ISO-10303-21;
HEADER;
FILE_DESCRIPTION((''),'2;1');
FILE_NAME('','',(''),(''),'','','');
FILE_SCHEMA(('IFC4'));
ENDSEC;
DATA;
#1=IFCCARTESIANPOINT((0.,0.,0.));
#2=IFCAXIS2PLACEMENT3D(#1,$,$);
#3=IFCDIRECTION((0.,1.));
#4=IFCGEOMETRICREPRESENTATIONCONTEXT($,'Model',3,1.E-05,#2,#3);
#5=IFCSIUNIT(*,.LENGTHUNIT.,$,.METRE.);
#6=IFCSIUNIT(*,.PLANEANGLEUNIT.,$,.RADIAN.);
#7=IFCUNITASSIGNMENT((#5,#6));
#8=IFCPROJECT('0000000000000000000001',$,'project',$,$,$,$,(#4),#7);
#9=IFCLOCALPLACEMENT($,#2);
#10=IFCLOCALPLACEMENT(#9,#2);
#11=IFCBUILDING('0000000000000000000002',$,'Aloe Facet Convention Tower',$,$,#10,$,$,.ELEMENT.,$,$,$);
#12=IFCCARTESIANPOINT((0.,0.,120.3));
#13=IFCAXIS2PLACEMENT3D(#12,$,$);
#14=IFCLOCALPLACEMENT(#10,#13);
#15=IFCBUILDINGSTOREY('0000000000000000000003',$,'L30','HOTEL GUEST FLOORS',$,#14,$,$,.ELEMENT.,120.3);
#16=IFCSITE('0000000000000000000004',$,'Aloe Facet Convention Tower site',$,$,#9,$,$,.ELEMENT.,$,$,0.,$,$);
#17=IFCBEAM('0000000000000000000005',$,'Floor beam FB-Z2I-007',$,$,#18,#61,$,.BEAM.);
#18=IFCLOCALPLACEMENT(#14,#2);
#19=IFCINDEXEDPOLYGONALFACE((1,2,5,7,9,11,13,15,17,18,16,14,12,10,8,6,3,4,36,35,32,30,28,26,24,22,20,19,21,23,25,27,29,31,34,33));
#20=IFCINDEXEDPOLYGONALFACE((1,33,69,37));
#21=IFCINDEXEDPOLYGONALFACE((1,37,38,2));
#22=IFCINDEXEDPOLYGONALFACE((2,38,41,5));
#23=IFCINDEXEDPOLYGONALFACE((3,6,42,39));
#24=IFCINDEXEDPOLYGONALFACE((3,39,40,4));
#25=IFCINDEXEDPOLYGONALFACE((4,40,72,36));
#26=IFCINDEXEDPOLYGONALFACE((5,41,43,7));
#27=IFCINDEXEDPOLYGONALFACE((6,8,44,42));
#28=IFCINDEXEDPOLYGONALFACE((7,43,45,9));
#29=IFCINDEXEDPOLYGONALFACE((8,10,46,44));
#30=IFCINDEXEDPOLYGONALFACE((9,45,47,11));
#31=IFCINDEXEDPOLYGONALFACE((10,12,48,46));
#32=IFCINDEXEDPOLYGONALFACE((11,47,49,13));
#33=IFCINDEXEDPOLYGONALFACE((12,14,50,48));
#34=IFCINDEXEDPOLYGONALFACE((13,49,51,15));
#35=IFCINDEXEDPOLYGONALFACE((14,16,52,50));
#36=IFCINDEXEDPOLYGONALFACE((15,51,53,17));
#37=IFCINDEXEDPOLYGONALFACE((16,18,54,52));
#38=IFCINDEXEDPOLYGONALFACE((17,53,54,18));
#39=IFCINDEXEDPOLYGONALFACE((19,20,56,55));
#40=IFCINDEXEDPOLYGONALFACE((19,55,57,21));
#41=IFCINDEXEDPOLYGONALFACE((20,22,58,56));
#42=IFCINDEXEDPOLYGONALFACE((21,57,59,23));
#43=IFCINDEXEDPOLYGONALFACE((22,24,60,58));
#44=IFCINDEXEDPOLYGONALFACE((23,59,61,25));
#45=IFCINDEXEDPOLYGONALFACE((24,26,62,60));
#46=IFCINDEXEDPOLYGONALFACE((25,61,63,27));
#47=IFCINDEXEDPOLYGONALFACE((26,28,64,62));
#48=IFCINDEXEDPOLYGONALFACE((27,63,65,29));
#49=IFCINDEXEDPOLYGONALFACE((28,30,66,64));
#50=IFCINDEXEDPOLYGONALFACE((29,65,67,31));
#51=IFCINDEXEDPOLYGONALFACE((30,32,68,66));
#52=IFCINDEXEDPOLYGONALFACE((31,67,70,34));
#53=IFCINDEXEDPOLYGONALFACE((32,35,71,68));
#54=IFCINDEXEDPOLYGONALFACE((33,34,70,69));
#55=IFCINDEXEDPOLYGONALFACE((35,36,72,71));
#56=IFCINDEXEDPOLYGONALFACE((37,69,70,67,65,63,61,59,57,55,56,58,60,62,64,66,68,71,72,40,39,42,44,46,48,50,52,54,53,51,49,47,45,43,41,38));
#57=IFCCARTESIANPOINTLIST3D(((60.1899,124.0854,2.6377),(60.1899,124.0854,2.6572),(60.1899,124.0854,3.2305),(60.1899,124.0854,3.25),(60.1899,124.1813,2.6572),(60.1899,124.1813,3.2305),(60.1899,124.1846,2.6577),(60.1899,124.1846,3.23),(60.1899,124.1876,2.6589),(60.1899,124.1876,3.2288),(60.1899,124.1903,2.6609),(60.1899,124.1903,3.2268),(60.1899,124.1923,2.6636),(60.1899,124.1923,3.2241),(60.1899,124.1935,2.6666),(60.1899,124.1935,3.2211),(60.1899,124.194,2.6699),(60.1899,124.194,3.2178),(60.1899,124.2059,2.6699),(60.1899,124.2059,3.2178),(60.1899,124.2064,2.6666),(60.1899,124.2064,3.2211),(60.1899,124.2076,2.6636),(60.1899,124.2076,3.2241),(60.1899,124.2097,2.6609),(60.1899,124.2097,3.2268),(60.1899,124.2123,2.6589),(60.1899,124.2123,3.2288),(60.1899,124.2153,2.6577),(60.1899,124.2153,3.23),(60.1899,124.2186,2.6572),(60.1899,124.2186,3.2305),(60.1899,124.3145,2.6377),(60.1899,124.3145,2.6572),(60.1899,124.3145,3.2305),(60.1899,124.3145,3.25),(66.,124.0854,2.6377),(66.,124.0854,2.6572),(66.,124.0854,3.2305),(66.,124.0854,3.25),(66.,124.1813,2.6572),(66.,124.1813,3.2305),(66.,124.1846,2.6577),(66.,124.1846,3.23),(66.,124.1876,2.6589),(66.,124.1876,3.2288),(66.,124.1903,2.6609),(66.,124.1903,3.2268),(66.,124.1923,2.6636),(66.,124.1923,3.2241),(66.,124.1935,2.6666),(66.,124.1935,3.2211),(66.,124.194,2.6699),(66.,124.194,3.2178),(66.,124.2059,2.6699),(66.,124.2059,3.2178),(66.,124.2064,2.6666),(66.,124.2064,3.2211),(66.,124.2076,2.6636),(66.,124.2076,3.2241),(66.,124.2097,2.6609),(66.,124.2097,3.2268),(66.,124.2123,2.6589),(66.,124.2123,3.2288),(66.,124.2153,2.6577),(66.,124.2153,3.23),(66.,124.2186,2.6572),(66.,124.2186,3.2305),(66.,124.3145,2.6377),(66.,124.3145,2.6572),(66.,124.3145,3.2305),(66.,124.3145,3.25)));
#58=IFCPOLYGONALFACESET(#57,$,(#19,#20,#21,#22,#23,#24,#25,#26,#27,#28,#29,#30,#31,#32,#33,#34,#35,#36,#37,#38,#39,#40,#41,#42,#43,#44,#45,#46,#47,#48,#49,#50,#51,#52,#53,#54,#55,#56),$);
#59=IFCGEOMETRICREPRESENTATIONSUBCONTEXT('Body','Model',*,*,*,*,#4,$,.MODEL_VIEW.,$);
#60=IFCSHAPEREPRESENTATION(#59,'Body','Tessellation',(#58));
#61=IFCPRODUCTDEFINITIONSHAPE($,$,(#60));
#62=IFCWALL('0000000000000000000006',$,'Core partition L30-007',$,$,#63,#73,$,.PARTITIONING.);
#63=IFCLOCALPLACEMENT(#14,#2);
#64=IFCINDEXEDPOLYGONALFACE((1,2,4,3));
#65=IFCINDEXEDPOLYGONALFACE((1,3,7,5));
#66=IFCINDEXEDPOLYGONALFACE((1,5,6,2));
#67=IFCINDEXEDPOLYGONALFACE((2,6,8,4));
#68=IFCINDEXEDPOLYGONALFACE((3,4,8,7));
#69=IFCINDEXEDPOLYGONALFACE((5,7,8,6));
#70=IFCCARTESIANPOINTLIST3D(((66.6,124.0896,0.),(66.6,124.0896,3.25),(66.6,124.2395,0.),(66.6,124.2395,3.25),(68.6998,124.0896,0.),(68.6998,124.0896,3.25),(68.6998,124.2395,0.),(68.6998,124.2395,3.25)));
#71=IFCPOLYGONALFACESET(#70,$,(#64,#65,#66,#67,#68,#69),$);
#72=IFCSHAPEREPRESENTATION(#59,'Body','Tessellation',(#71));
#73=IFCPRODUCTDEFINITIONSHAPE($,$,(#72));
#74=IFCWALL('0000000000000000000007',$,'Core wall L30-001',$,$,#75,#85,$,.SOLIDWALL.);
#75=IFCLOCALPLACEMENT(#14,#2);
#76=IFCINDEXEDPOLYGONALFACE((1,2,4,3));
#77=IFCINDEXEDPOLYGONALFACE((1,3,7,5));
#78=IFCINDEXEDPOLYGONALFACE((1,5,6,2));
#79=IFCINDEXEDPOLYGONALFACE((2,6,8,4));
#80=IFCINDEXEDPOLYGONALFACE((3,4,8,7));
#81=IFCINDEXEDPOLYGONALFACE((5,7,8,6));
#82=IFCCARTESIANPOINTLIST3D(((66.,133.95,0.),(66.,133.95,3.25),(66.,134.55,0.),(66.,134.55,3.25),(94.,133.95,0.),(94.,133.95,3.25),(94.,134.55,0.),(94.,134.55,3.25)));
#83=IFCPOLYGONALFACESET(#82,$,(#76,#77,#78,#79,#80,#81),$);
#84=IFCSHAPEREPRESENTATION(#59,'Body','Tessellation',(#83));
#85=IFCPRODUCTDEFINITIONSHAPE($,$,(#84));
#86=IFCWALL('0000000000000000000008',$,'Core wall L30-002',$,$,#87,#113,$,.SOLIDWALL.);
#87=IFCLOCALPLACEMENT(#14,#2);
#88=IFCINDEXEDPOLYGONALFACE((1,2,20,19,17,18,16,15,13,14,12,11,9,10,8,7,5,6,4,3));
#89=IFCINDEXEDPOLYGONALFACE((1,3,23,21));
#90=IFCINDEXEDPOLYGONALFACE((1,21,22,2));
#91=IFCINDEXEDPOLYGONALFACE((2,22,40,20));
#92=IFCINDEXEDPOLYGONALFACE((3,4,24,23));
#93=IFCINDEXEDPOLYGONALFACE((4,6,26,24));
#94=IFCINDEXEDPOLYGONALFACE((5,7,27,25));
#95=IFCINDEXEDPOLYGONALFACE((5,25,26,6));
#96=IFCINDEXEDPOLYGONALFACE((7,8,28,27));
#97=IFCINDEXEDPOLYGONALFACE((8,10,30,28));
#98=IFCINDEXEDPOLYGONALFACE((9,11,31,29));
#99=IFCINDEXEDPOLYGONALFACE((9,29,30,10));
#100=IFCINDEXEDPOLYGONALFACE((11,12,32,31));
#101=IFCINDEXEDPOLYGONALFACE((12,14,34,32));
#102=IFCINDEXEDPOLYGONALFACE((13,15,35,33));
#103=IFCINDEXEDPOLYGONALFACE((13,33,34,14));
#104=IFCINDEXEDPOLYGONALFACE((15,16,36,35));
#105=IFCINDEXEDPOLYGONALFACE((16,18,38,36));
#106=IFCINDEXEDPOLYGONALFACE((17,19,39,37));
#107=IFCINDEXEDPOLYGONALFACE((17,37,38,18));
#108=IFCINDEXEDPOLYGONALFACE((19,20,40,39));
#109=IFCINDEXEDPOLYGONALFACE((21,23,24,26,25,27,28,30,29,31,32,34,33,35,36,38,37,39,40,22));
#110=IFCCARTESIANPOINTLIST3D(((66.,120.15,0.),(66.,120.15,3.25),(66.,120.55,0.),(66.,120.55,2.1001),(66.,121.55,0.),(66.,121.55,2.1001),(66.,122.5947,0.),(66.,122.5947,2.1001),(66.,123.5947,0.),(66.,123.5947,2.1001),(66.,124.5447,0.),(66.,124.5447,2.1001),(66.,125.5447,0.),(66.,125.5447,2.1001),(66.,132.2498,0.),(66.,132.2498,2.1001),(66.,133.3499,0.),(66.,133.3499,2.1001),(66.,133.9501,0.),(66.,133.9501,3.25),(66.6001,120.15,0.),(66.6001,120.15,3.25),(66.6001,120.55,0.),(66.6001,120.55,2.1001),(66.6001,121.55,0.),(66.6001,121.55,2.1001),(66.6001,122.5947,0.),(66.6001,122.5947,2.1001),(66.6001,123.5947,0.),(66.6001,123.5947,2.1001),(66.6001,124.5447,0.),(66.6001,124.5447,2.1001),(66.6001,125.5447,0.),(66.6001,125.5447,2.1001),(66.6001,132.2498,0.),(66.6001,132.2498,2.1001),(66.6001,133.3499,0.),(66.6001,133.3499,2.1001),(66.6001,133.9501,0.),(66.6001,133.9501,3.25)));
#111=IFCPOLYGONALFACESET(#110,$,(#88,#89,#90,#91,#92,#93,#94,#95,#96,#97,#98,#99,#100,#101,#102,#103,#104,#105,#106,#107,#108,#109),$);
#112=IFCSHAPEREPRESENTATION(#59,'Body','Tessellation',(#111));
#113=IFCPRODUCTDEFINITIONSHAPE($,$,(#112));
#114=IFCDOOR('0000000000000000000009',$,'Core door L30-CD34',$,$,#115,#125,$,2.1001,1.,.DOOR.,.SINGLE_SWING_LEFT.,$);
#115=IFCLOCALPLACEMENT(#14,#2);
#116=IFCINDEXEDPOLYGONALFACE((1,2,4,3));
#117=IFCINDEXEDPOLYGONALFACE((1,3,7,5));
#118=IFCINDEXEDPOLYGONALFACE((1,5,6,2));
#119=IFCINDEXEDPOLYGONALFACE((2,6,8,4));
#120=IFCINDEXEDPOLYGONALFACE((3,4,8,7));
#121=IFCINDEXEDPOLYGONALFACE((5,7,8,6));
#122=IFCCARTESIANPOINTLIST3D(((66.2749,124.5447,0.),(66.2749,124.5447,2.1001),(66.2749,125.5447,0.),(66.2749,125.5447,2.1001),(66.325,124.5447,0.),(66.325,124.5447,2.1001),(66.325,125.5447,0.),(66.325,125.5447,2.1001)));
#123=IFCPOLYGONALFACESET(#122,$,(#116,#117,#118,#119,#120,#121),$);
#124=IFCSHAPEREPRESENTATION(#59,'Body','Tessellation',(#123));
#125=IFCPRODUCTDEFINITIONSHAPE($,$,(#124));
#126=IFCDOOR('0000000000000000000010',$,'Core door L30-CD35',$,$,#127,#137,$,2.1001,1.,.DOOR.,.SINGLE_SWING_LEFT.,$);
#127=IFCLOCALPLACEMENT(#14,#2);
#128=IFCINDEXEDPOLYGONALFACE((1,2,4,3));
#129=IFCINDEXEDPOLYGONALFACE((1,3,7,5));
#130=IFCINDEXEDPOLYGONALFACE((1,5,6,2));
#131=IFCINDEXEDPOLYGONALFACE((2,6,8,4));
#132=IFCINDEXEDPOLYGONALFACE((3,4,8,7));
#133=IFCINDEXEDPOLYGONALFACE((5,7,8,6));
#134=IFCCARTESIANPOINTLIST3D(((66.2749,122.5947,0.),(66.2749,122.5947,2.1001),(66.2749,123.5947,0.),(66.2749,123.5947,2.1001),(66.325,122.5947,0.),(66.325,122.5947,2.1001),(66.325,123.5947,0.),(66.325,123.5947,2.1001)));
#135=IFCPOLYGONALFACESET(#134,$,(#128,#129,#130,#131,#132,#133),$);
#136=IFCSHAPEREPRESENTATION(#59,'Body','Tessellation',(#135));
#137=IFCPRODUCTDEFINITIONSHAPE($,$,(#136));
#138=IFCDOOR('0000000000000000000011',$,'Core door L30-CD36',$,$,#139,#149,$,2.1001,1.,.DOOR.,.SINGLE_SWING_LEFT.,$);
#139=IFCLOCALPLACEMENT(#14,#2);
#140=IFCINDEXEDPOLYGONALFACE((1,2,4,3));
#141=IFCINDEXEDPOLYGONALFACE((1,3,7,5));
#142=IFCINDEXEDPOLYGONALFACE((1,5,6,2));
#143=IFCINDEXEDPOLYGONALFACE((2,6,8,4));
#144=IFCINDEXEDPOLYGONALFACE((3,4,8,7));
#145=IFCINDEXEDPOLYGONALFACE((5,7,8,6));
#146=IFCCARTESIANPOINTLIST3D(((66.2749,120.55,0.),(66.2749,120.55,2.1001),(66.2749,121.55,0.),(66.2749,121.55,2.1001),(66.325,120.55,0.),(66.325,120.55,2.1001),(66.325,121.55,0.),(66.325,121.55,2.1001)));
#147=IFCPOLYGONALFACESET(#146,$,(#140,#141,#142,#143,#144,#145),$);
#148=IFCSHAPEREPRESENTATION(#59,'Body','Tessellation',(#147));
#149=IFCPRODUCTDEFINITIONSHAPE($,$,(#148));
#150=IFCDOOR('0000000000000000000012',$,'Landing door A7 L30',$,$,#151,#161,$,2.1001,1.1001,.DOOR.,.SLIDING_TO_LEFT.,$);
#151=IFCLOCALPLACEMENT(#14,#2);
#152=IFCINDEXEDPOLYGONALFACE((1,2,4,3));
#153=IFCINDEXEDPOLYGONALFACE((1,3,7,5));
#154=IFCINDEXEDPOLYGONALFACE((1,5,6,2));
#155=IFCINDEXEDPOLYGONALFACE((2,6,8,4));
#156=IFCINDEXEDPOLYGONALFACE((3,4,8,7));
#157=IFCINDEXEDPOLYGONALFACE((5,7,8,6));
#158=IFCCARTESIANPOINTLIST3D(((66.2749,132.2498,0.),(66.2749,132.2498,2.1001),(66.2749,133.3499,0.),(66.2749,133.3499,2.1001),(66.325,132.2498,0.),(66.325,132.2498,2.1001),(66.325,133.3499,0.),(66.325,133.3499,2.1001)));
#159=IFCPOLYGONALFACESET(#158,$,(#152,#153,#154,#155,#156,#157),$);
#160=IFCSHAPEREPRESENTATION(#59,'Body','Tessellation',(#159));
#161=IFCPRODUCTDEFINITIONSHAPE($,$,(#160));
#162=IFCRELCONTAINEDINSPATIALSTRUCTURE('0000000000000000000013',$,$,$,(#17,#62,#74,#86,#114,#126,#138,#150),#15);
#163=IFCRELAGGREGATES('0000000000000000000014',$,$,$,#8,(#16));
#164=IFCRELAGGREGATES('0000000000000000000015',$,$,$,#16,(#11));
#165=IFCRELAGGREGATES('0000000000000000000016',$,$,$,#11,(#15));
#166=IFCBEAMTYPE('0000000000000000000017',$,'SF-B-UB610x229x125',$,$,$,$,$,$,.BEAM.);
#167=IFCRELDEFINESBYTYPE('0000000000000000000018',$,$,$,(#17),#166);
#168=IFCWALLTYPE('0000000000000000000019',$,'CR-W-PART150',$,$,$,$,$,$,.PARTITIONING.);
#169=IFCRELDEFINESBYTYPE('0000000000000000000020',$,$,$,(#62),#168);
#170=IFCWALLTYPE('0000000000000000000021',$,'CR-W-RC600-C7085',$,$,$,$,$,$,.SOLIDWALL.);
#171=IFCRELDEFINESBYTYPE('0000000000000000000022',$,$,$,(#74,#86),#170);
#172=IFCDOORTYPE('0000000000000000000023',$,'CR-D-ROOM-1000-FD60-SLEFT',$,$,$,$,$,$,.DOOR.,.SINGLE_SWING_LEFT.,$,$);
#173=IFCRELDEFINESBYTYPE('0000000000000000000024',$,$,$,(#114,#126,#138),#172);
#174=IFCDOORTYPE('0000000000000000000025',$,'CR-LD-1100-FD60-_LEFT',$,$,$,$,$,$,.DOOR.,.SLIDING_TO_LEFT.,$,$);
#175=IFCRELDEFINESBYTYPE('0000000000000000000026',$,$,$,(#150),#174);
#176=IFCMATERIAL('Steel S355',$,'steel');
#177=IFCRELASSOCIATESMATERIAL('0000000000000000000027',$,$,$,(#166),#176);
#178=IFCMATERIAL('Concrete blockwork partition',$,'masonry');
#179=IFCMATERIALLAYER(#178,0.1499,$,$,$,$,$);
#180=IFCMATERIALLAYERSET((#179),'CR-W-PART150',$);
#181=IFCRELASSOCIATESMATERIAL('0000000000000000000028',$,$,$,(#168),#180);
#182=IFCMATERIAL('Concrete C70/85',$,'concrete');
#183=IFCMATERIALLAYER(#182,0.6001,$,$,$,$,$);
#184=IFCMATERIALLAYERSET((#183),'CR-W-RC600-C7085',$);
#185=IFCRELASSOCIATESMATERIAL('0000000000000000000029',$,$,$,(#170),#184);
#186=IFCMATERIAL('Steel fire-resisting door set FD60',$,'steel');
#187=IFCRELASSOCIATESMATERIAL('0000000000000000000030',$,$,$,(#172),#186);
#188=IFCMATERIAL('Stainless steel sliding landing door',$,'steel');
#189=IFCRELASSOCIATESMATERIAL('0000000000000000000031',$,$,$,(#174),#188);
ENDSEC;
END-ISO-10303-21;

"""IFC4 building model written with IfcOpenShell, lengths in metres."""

from ifc_helpers import new_model, si_unit, direction, frame, frame_2d, origin, origin_2d, place, context, subcontext, project, spatial, rectangle, i_section, extrude, material, layer, layer_set, material_profile, profile_set, type_object, element, fill, save


model = new_model("IFC4")

# Units and contexts
model_context = context("Model", 3, precision=1e-05, world=origin(), true_north=direction((0.0, 1.0)))
body_context = subcontext(model_context, "Body", "Model", "MODEL_VIEW")
ifc_project = project(units=[si_unit("LENGTHUNIT", "METRE"), si_unit("PLANEANGLEUNIT", "RADIAN")], contexts=[model_context])

# Site, building, storey
site_placement = place(None, origin())
site = spatial("IfcSite", under=ifc_project, at=site_placement, Name="Aloe Facet Convention Tower site", CompositionType="ELEMENT", RefElevation=0.0)
building_placement = place(site_placement, origin())
building = spatial("IfcBuilding", under=site, at=building_placement, Name="Aloe Facet Convention Tower", CompositionType="ELEMENT")
storey_placement = place(building_placement, frame((0.0, 0.0, 120.3)))
storey = spatial("IfcBuildingStorey", under=building, at=storey_placement, Name="L30", Description="HOTEL GUEST FLOORS", CompositionType="ELEMENT", Elevation=120.3)

# Beam
ifc_material_1 = material(Name="Steel S355", Category="steel")
ifc_material_profile = material_profile(ifc_material_1, i_section(OverallWidth=0.229, OverallDepth=0.6123, WebThickness=0.012, FlangeThickness=0.0195, FilletRadius=0.0127, at=origin_2d()), Name="UB 610x229x125")
ifc_profile_set = profile_set([ifc_material_profile], Name="Steel S355")
beam_type = type_object("IfcBeamType", Name="SF-B-UB610x229x125", PredefinedType="BEAM", material=ifc_profile_set)
beam_placement = place(storey_placement, frame((60.1899, 124.2, 2.9438), z_axis=(1.0, 0.0, 0.0), x_axis=(0.0, 1.0, 0.0)))
element("IfcBeam", 1, at=beam_placement, inside=storey, type_object=beam_type, Name="Floor beam FB-Z2I-007", PredefinedType="BEAM", context=body_context, shape_type="SweptSolid", body=[
    extrude(i_section(OverallWidth=0.229, OverallDepth=0.6123, WebThickness=0.012, FlangeThickness=0.0195, FilletRadius=0.0127, at=origin_2d()), origin(), (0.0, 0.0, 1.0), 5.8101),
])

# Walls
ifc_material_2 = material(Name="Concrete blockwork partition", Category="masonry")
ifc_layer_1 = layer(ifc_material_2, 0.1499)
ifc_layer_set_1 = layer_set([ifc_layer_1], Name="CR-W-PART150")
wall_type_1 = type_object("IfcWallType", Name="CR-W-PART150", PredefinedType="PARTITIONING", material=ifc_layer_set_1)
wall_1_placement = place(storey_placement, frame((66.6001, 124.1646, 0.0), z_axis=(0.0, 0.0, 1.0), x_axis=(1.0, 0.0, 0.0)))
element("IfcWall", 2, at=wall_1_placement, inside=storey, type_object=wall_type_1, Name="Core partition L30-007", PredefinedType="PARTITIONING", context=body_context, shape_type="SweptSolid", body=[
    extrude(rectangle(XDim=2.0999, YDim=0.1499, at=frame_2d((1.0498, 0.0))), origin(), (0.0, 0.0, 1.0), 3.25),
])
ifc_material_3 = material(Name="Concrete C70/85", Category="concrete")
ifc_layer_2 = layer(ifc_material_3, 0.6001)
ifc_layer_set_2 = layer_set([ifc_layer_2], Name="CR-W-RC600-C7085")
wall_type_2 = type_object("IfcWallType", Name="CR-W-RC600-C7085", PredefinedType="SOLIDWALL", material=ifc_layer_set_2)
wall_2_placement = place(storey_placement, frame((66.0, 134.25, 0.0), z_axis=(0.0, 0.0, 1.0), x_axis=(1.0, 0.0, 0.0)))
element("IfcWall", 3, at=wall_2_placement, inside=storey, type_object=wall_type_2, Name="Core wall L30-001", PredefinedType="SOLIDWALL", context=body_context, shape_type="SweptSolid", body=[
    extrude(rectangle(XDim=28.0, YDim=0.6001, at=frame_2d((14.0, 0.0))), origin(), (0.0, 0.0, 1.0), 3.25),
])

# Wall, openings, doors
wall_3_placement = place(storey_placement, frame((66.3, 133.95, 0.0), z_axis=(0.0, 0.0, 1.0), x_axis=(0.0, -1.0, 0.0)))
wall_3 = element("IfcWall", 4, at=wall_3_placement, inside=storey, type_object=wall_type_2, Name="Core wall L30-002", PredefinedType="SOLIDWALL", context=body_context, shape_type="SweptSolid", body=[
    extrude(rectangle(XDim=13.8, YDim=0.6001, at=frame_2d((6.8999, 0.0))), origin(), (0.0, 0.0, 1.0), 3.25),
])
opening_1_placement = place(wall_3_placement, frame((0.6001, 0.0, 0.0)))
opening_1 = element("IfcOpeningElement", 5, at=opening_1_placement, cuts=wall_3, PredefinedType="OPENING", context=body_context, shape_type="SweptSolid", body=[
    extrude(rectangle(XDim=1.1001, YDim=2.1001, at=frame_2d((0.55, 1.05))), frame((0.0, 0.3101, 0.0), z_axis=(0.0, -1.0, 0.0), x_axis=(1.0, 0.0, 0.0)), (0.0, 0.0, 1.0), 0.6201),
])
opening_2_placement = place(wall_3_placement, frame((8.4053, 0.0, 0.0)))
opening_2 = element("IfcOpeningElement", 6, at=opening_2_placement, cuts=wall_3, PredefinedType="OPENING", context=body_context, shape_type="SweptSolid", body=[
    extrude(rectangle(XDim=1.0, YDim=2.1001, at=frame_2d((0.5, 1.05))), frame((0.0, 0.3101, 0.0), z_axis=(0.0, -1.0, 0.0), x_axis=(1.0, 0.0, 0.0)), (0.0, 0.0, 1.0), 0.6201),
])
opening_3_placement = place(wall_3_placement, frame((10.3552, 0.0, 0.0)))
opening_3 = element("IfcOpeningElement", 7, at=opening_3_placement, cuts=wall_3, PredefinedType="OPENING", context=body_context, shape_type="SweptSolid", body=[
    extrude(rectangle(XDim=1.0, YDim=2.1001, at=frame_2d((0.5, 1.05))), frame((0.0, 0.3101, 0.0), z_axis=(0.0, -1.0, 0.0), x_axis=(1.0, 0.0, 0.0)), (0.0, 0.0, 1.0), 0.6201),
])
opening_4_placement = place(wall_3_placement, frame((12.3999, 0.0, 0.0)))
opening_4 = element("IfcOpeningElement", 8, at=opening_4_placement, cuts=wall_3, PredefinedType="OPENING", context=body_context, shape_type="SweptSolid", body=[
    extrude(rectangle(XDim=1.0, YDim=2.1001, at=frame_2d((0.5, 1.05))), frame((0.0, 0.3101, 0.0), z_axis=(0.0, -1.0, 0.0), x_axis=(1.0, 0.0, 0.0)), (0.0, 0.0, 1.0), 0.6201),
])
ifc_material_4 = material(Name="Steel fire-resisting door set FD60", Category="steel")
door_type_1 = type_object("IfcDoorType", Name="CR-D-ROOM-1000-FD60-SLEFT", OperationType="SINGLE_SWING_LEFT", PredefinedType="DOOR", material=ifc_material_4)
door_1_placement = place(opening_2_placement, origin())
door_1 = element("IfcDoor", 9, at=door_1_placement, inside=storey, type_object=door_type_1, Name="Core door L30-CD34", OperationType="SINGLE_SWING_LEFT", OverallHeight=2.1001, OverallWidth=1.0, PredefinedType="DOOR", context=body_context, shape_type="SweptSolid", body=[
    extrude(rectangle(XDim=1.0, YDim=2.1001, at=frame_2d((0.5, 1.05))), frame((0.0, 0.0249, 0.0), z_axis=(0.0, -1.0, 0.0), x_axis=(1.0, 0.0, 0.0)), (0.0, 0.0, 1.0), 0.05),
])
fill(opening_2, door_1)
door_2_placement = place(opening_3_placement, origin())
door_2 = element("IfcDoor", 10, at=door_2_placement, inside=storey, type_object=door_type_1, Name="Core door L30-CD35", OperationType="SINGLE_SWING_LEFT", OverallHeight=2.1001, OverallWidth=1.0, PredefinedType="DOOR", context=body_context, shape_type="SweptSolid", body=[
    extrude(rectangle(XDim=1.0, YDim=2.1001, at=frame_2d((0.5, 1.05))), frame((0.0, 0.0249, 0.0), z_axis=(0.0, -1.0, 0.0), x_axis=(1.0, 0.0, 0.0)), (0.0, 0.0, 1.0), 0.05),
])
fill(opening_3, door_2)
door_3_placement = place(opening_4_placement, origin())
door_3 = element("IfcDoor", 11, at=door_3_placement, inside=storey, type_object=door_type_1, Name="Core door L30-CD36", OperationType="SINGLE_SWING_LEFT", OverallHeight=2.1001, OverallWidth=1.0, PredefinedType="DOOR", context=body_context, shape_type="SweptSolid", body=[
    extrude(rectangle(XDim=1.0, YDim=2.1001, at=frame_2d((0.5, 1.05))), frame((0.0, 0.0249, 0.0), z_axis=(0.0, -1.0, 0.0), x_axis=(1.0, 0.0, 0.0)), (0.0, 0.0, 1.0), 0.05),
])
fill(opening_4, door_3)
ifc_material_5 = material(Name="Stainless steel sliding landing door", Category="steel")
door_type_2 = type_object("IfcDoorType", Name="CR-LD-1100-FD60-_LEFT", OperationType="SLIDING_TO_LEFT", PredefinedType="DOOR", material=ifc_material_5)
door_4_placement = place(opening_1_placement, origin())
door_4 = element("IfcDoor", 12, at=door_4_placement, inside=storey, type_object=door_type_2, Name="Landing door A7 L30", OperationType="SLIDING_TO_LEFT", OverallHeight=2.1001, OverallWidth=1.1001, PredefinedType="DOOR", context=body_context, shape_type="SweptSolid", body=[
    extrude(rectangle(XDim=1.1001, YDim=2.1001, at=frame_2d((0.55, 1.05))), frame((0.0, 0.0249, 0.0), z_axis=(0.0, -1.0, 0.0), x_axis=(1.0, 0.0, 0.0)), (0.0, 0.0, 1.0), 0.05),
])
fill(opening_1, door_4)

save(model, "model.ifc")
